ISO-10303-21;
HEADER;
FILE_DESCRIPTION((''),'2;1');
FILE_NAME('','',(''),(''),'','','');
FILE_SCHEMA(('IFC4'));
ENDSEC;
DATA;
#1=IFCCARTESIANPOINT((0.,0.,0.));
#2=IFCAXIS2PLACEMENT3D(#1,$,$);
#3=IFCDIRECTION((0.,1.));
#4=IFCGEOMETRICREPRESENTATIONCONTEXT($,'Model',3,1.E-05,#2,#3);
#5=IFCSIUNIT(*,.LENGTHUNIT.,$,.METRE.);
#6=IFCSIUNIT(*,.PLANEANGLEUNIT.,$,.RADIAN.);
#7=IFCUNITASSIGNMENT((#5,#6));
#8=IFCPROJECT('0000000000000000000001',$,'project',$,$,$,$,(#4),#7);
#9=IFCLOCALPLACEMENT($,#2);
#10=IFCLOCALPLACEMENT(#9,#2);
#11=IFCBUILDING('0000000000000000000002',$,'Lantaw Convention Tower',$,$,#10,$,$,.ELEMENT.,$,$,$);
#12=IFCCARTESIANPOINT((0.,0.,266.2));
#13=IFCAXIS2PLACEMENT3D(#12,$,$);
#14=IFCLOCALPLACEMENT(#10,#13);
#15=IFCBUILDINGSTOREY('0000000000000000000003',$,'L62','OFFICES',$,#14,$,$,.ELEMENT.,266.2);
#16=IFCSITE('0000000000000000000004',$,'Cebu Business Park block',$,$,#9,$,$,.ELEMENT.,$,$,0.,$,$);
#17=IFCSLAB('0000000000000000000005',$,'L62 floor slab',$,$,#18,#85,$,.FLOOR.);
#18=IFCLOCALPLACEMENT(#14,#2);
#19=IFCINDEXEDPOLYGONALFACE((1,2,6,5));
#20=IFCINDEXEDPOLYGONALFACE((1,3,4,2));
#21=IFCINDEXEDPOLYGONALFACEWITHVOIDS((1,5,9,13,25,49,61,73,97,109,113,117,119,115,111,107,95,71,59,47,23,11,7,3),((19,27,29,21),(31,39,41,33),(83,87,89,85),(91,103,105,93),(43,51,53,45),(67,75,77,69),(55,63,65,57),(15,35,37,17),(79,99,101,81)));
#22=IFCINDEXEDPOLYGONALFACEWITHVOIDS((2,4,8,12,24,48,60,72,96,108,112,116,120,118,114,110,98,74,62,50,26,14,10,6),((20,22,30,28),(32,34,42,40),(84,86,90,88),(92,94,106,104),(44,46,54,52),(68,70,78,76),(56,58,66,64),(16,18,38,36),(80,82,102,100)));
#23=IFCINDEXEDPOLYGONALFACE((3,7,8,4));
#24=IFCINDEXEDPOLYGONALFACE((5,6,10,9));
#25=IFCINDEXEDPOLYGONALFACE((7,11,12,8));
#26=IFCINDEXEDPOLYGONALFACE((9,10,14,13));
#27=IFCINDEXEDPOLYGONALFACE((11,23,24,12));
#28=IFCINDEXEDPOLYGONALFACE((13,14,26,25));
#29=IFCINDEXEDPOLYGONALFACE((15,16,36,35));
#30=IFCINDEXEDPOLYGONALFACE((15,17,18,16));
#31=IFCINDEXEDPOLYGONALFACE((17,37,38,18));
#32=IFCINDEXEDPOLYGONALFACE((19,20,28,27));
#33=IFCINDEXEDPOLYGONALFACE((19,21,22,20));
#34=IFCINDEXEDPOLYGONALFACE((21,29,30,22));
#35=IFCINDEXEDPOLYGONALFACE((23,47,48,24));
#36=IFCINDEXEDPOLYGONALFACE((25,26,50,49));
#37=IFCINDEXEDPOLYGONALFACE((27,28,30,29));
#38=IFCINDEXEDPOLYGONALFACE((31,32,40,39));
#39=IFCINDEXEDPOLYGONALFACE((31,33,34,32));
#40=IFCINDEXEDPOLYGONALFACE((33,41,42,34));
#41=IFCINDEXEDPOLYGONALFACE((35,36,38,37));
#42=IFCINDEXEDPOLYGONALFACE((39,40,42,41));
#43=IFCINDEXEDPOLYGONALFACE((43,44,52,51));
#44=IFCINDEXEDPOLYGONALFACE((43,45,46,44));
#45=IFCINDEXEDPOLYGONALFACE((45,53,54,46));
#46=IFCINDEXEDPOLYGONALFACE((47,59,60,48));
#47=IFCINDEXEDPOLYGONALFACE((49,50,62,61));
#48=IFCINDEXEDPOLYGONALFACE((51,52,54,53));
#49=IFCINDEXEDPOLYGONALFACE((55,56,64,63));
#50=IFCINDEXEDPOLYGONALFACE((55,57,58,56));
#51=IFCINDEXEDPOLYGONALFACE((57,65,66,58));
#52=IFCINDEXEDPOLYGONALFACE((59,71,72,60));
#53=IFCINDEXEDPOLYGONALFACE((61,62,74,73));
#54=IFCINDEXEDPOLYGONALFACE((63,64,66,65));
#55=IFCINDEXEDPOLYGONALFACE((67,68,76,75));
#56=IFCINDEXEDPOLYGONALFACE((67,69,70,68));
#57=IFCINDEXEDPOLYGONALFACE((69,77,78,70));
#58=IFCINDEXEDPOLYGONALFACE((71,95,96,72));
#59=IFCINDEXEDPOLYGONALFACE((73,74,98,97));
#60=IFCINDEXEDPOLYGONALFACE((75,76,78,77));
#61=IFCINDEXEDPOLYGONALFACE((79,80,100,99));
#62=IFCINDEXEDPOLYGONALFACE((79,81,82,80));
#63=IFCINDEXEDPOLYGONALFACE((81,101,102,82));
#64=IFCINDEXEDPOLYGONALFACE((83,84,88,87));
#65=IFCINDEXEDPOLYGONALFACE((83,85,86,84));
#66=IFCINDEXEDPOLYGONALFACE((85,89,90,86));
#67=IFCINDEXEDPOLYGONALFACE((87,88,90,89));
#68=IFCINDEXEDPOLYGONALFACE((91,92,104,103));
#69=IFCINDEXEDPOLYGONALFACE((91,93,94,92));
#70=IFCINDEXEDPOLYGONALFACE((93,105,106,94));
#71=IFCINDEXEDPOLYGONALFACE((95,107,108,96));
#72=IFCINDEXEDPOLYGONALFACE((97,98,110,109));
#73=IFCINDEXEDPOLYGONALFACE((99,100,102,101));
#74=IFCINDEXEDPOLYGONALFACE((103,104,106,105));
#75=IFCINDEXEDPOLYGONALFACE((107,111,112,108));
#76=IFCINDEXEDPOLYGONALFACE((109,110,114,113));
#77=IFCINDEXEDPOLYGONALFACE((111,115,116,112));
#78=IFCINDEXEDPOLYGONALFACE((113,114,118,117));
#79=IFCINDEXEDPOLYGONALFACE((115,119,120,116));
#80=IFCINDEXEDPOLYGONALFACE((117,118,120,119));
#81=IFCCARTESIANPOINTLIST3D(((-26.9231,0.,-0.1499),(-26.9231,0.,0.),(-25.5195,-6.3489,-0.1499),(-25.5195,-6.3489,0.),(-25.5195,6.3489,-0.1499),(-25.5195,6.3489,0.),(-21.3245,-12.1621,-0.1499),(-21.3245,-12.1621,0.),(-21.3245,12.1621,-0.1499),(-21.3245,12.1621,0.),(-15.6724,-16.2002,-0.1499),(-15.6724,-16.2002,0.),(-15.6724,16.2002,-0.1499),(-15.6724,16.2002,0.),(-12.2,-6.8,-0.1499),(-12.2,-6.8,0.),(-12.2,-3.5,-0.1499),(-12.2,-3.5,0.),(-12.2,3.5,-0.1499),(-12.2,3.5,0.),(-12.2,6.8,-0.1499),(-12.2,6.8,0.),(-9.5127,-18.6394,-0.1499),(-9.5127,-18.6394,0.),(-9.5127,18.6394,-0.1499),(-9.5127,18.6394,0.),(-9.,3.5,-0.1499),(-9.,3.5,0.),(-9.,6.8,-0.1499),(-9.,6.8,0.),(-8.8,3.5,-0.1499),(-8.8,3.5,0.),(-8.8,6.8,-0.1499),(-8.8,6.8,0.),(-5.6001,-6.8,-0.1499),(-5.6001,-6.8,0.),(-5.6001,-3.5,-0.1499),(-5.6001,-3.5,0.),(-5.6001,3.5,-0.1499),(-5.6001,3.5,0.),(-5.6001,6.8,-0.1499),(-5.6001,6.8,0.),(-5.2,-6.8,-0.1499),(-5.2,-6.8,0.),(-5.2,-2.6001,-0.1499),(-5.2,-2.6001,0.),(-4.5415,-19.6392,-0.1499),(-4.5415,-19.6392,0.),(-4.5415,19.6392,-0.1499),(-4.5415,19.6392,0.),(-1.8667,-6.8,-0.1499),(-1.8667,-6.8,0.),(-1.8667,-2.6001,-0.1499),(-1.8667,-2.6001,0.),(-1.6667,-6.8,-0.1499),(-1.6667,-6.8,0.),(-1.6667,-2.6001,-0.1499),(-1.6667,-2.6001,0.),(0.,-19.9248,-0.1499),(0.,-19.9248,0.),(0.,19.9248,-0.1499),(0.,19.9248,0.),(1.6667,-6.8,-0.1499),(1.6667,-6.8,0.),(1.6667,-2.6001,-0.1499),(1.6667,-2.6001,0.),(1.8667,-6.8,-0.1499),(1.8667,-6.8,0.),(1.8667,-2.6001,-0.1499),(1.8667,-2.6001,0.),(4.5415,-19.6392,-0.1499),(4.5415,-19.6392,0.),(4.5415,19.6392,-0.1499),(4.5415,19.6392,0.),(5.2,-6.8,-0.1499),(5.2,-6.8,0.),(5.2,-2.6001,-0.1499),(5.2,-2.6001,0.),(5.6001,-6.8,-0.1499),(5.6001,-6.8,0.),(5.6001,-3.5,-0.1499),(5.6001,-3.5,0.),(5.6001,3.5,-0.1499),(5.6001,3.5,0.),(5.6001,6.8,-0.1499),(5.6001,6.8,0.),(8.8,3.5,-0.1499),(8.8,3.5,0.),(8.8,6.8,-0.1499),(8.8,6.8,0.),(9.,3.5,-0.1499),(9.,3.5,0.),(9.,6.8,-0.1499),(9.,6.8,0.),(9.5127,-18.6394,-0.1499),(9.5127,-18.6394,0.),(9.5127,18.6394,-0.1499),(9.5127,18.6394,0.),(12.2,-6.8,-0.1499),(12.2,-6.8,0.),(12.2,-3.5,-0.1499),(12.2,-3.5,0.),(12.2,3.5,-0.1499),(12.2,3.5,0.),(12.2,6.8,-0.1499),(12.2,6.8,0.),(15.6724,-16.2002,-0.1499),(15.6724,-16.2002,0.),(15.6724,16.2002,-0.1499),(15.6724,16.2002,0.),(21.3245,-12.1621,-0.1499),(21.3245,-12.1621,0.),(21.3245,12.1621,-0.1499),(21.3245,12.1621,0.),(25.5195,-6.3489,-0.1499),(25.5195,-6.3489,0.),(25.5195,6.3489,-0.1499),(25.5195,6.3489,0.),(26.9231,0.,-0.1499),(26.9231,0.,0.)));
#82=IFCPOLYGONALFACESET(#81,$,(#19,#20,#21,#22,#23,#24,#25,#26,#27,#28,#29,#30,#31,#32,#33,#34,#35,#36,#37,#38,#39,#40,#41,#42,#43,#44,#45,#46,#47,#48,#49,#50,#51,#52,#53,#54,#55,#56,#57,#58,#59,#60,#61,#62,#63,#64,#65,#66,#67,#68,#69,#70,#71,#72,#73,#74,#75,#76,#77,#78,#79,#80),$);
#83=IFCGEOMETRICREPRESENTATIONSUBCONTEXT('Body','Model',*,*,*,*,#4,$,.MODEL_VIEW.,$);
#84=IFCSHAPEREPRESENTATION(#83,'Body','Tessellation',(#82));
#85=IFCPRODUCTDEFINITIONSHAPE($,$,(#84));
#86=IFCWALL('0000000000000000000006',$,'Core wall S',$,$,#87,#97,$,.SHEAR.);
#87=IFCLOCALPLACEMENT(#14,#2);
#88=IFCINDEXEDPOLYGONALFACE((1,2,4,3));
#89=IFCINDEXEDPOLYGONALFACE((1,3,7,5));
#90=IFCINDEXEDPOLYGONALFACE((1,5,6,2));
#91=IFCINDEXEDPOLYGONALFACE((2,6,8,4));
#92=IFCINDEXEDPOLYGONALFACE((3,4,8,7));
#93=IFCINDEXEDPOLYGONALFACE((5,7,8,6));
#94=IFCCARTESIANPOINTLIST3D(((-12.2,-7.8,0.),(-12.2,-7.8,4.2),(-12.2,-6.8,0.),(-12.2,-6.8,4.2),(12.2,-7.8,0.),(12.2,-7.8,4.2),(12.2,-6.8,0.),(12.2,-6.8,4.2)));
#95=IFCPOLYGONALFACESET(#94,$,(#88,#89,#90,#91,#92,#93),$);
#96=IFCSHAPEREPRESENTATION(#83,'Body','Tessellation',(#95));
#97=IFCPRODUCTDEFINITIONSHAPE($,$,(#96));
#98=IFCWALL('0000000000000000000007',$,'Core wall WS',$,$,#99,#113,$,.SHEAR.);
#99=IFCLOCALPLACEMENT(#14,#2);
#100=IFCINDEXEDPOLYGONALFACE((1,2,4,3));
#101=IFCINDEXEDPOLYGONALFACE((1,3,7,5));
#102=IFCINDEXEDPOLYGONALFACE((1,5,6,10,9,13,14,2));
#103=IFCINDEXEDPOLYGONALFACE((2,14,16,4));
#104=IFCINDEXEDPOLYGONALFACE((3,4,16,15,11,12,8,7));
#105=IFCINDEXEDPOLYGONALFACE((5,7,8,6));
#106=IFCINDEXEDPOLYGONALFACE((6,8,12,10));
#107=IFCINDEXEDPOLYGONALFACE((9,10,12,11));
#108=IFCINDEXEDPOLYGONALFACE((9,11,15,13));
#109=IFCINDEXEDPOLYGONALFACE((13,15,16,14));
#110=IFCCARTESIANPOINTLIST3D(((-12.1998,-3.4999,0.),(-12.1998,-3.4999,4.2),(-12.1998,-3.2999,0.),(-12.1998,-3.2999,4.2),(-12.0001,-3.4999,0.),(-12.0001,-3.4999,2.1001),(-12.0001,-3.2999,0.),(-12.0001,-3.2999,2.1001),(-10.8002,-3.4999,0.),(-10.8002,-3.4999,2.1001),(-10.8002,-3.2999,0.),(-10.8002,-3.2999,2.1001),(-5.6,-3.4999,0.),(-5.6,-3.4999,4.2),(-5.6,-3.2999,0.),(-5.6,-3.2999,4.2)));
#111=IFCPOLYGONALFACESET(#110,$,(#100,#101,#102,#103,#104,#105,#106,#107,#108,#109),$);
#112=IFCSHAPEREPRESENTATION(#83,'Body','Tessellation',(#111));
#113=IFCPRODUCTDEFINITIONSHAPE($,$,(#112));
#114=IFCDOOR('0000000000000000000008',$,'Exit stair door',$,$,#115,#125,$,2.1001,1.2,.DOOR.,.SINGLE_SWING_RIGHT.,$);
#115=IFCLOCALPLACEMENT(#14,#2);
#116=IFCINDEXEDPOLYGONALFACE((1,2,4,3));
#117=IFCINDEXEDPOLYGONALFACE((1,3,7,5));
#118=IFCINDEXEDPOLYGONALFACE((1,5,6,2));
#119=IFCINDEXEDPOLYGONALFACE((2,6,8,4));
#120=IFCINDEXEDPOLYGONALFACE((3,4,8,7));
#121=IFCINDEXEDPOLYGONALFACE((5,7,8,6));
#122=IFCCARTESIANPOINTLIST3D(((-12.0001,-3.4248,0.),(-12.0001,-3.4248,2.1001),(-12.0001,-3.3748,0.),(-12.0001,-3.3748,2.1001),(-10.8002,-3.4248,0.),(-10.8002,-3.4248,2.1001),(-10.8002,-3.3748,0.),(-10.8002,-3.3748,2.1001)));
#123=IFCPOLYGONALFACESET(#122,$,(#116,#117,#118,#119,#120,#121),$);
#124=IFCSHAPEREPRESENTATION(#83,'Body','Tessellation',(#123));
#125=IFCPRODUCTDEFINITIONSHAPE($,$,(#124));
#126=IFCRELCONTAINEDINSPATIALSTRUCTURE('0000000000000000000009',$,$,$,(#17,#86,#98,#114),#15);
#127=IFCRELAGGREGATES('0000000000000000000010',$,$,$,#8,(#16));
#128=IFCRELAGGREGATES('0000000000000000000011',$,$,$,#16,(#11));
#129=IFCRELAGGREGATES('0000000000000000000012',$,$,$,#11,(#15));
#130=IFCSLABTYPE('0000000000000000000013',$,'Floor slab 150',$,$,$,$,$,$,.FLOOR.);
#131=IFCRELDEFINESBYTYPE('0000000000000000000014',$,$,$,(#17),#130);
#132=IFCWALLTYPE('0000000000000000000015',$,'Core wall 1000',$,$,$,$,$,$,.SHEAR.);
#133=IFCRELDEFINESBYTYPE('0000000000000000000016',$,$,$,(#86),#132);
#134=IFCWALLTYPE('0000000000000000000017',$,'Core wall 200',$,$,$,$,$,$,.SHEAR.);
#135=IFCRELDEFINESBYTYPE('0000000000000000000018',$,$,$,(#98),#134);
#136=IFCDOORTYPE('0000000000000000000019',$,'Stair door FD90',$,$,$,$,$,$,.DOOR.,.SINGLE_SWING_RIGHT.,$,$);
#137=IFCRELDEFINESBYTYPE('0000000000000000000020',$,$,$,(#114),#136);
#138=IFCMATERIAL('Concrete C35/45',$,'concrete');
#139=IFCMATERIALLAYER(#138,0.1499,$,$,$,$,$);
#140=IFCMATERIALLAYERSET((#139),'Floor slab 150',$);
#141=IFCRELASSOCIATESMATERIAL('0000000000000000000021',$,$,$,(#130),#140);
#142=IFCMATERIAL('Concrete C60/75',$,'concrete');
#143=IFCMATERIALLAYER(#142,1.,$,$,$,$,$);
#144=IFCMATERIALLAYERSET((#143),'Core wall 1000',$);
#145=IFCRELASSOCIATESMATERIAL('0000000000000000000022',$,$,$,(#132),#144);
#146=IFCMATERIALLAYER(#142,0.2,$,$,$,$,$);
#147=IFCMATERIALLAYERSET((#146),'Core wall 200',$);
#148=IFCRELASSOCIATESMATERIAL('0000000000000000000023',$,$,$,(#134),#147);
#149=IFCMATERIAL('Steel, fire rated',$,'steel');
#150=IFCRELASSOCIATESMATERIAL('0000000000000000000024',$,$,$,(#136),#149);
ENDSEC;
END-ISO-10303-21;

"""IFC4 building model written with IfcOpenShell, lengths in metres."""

from ifc_helpers import new_model, si_unit, direction, frame, frame_2d, origin, place, context, subcontext, project, spatial, polyline, rectangle, outline, extrude, material, layer, layer_set, type_object, element, fill, save


model = new_model("IFC4")

# Units and contexts
model_context = context("Model", 3, precision=1e-05, world=origin(), true_north=direction((0.0, 1.0)))
body_context = subcontext(model_context, "Body", "Model", "MODEL_VIEW")
ifc_project = project(units=[si_unit("LENGTHUNIT", "METRE"), si_unit("PLANEANGLEUNIT", "RADIAN")], contexts=[model_context])

# Site, building, storey
site_placement = place(None, origin())
site = spatial("IfcSite", under=ifc_project, at=site_placement, Name="Cebu Business Park block", CompositionType="ELEMENT", RefElevation=0.0)
building_placement = place(site_placement, origin())
building = spatial("IfcBuilding", under=site, at=building_placement, Name="Lantaw Convention Tower", CompositionType="ELEMENT")
storey_placement = place(building_placement, frame((0.0, 0.0, 266.2)))
storey = spatial("IfcBuildingStorey", under=building, at=storey_placement, Name="L62", Description="OFFICES", CompositionType="ELEMENT", Elevation=266.2)

# Slab
ifc_material_1 = material(Name="Concrete C35/45", Category="concrete")
ifc_layer_1 = layer(ifc_material_1, 0.1499)
ifc_layer_set_1 = layer_set([ifc_layer_1], Name="Floor slab 150")
slab_type = type_object("IfcSlabType", Name="Floor slab 150", PredefinedType="FLOOR", material=ifc_layer_set_1)
slab_placement = place(storey_placement, frame((0.0, 0.0, -0.1499)))
element("IfcSlab", 1, at=slab_placement, inside=storey, type_object=slab_type, Name="L62 floor slab", PredefinedType="FLOOR", context=body_context, shape_type="SweptSolid", body=[
    extrude(outline(polyline([(25.5195, -6.3489), (26.9231, 0.0), (25.5195, 6.3489), (21.3245, 12.1621), (15.6724, 16.2002), (9.5127, 18.6394), (4.5415, 19.6392), (0.0, 19.9248), (-4.5415, 19.6392), (-9.5127, 18.6394), (-15.6724, 16.2002), (-21.3245, 12.1621), (-25.5195, 6.3489), (-26.9231, 0.0), (-25.5195, -6.3489), (-21.3245, -12.1621), (-15.6724, -16.2002), (-9.5127, -18.6394), (-4.5415, -19.6392), (0.0, -19.9248), (4.5415, -19.6392), (9.5127, -18.6394), (15.6724, -16.2002), (21.3245, -12.1621), (25.5195, -6.3489)]), holes=[polyline([(-5.6001, -3.5), (-12.2, -3.5), (-12.2, -6.8), (-5.6001, -6.8), (-5.6001, -3.5)]), polyline([(12.2, -3.5), (5.6001, -3.5), (5.6001, -6.8), (12.2, -6.8), (12.2, -3.5)]), polyline([(-1.8667, -2.6001), (-5.2, -2.6001), (-5.2, -6.8), (-1.8667, -6.8), (-1.8667, -2.6001)]), polyline([(1.6667, -2.6001), (-1.6667, -2.6001), (-1.6667, -6.8), (1.6667, -6.8), (1.6667, -2.6001)]), polyline([(5.2, -2.6001), (1.8667, -2.6001), (1.8667, -6.8), (5.2, -6.8), (5.2, -2.6001)]), polyline([(-9.0, 6.8), (-12.2, 6.8), (-12.2, 3.5), (-9.0, 3.5), (-9.0, 6.8)]), polyline([(-5.6001, 6.8), (-8.8, 6.8), (-8.8, 3.5), (-5.6001, 3.5), (-5.6001, 6.8)]), polyline([(8.8, 3.5), (8.8, 6.8), (5.6001, 6.8), (5.6001, 3.5), (8.8, 3.5)]), polyline([(12.2, 3.5), (12.2, 6.8), (9.0, 6.8), (9.0, 3.5), (12.2, 3.5)])]), origin(), (0.0, 0.0, 1.0), 0.1499),
])

# Wall
ifc_material_2 = material(Name="Concrete C60/75", Category="concrete")
ifc_layer_2 = layer(ifc_material_2, 1.0)
ifc_layer_set_2 = layer_set([ifc_layer_2], Name="Core wall 1000")
wall_type_1 = type_object("IfcWallType", Name="Core wall 1000", PredefinedType="SHEAR", material=ifc_layer_set_2)
wall_1_placement = place(storey_placement, frame((-12.2, -7.3, 0.0), z_axis=(0.0, 0.0, 1.0), x_axis=(1.0, 0.0, 0.0)))
element("IfcWall", 2, at=wall_1_placement, inside=storey, type_object=wall_type_1, Name="Core wall S", PredefinedType="SHEAR", context=body_context, shape_type="SweptSolid", body=[
    extrude(rectangle(XDim=24.3999, YDim=1.0, at=frame_2d((12.2, 0.0))), origin(), (0.0, 0.0, 1.0), 4.2),
])

# Wall, opening, door
ifc_layer_3 = layer(ifc_material_2, 0.2)
ifc_layer_set_3 = layer_set([ifc_layer_3], Name="Core wall 200")
wall_type_2 = type_object("IfcWallType", Name="Core wall 200", PredefinedType="SHEAR", material=ifc_layer_set_3)
wall_2_placement = place(storey_placement, frame((-5.6001, -3.3999, 0.0), z_axis=(0.0, 0.0, 1.0), x_axis=(-1.0, 0.0, 0.0)))
wall_2 = element("IfcWall", 3, at=wall_2_placement, inside=storey, type_object=wall_type_2, Name="Core wall WS", PredefinedType="SHEAR", context=body_context, shape_type="SweptSolid", body=[
    extrude(rectangle(XDim=6.5999, YDim=0.2, at=frame_2d((3.2998, 0.0))), origin(), (0.0, 0.0, 1.0), 4.2),
])
opening_1_placement = place(wall_2_placement, frame((5.2, 0.0, 0.0)))
opening_1 = element("IfcOpeningElement", 4, at=opening_1_placement, cuts=wall_2, PredefinedType="OPENING", context=body_context, shape_type="SweptSolid", body=[
    extrude(rectangle(XDim=1.2, YDim=2.1001, at=frame_2d((0.6001, 1.05))), frame((0.0, 0.1099, 0.0), z_axis=(0.0, -1.0, 0.0), x_axis=(1.0, 0.0, 0.0)), (0.0, 0.0, 1.0), 0.22),
])
ifc_material_3 = material(Name="Steel, fire rated", Category="steel")
door_type_1 = type_object("IfcDoorType", Name="Stair door FD90", OperationType="SINGLE_SWING_RIGHT", PredefinedType="DOOR", material=ifc_material_3)
door_1_placement = place(opening_1_placement, origin())
door_1 = element("IfcDoor", 5, at=door_1_placement, inside=storey, type_object=door_type_1, Name="Exit stair door", OperationType="SINGLE_SWING_RIGHT", OverallHeight=2.1001, OverallWidth=1.2, PredefinedType="DOOR", context=body_context, shape_type="SweptSolid", body=[
    extrude(rectangle(XDim=1.2, YDim=2.1001, at=frame_2d((0.6001, 1.05))), frame((0.0, 0.0249, 0.0), z_axis=(0.0, -1.0, 0.0), x_axis=(1.0, 0.0, 0.0)), (0.0, 0.0, 1.0), 0.05),
])
fill(opening_1, door_1)

save(model, "model.ifc")
